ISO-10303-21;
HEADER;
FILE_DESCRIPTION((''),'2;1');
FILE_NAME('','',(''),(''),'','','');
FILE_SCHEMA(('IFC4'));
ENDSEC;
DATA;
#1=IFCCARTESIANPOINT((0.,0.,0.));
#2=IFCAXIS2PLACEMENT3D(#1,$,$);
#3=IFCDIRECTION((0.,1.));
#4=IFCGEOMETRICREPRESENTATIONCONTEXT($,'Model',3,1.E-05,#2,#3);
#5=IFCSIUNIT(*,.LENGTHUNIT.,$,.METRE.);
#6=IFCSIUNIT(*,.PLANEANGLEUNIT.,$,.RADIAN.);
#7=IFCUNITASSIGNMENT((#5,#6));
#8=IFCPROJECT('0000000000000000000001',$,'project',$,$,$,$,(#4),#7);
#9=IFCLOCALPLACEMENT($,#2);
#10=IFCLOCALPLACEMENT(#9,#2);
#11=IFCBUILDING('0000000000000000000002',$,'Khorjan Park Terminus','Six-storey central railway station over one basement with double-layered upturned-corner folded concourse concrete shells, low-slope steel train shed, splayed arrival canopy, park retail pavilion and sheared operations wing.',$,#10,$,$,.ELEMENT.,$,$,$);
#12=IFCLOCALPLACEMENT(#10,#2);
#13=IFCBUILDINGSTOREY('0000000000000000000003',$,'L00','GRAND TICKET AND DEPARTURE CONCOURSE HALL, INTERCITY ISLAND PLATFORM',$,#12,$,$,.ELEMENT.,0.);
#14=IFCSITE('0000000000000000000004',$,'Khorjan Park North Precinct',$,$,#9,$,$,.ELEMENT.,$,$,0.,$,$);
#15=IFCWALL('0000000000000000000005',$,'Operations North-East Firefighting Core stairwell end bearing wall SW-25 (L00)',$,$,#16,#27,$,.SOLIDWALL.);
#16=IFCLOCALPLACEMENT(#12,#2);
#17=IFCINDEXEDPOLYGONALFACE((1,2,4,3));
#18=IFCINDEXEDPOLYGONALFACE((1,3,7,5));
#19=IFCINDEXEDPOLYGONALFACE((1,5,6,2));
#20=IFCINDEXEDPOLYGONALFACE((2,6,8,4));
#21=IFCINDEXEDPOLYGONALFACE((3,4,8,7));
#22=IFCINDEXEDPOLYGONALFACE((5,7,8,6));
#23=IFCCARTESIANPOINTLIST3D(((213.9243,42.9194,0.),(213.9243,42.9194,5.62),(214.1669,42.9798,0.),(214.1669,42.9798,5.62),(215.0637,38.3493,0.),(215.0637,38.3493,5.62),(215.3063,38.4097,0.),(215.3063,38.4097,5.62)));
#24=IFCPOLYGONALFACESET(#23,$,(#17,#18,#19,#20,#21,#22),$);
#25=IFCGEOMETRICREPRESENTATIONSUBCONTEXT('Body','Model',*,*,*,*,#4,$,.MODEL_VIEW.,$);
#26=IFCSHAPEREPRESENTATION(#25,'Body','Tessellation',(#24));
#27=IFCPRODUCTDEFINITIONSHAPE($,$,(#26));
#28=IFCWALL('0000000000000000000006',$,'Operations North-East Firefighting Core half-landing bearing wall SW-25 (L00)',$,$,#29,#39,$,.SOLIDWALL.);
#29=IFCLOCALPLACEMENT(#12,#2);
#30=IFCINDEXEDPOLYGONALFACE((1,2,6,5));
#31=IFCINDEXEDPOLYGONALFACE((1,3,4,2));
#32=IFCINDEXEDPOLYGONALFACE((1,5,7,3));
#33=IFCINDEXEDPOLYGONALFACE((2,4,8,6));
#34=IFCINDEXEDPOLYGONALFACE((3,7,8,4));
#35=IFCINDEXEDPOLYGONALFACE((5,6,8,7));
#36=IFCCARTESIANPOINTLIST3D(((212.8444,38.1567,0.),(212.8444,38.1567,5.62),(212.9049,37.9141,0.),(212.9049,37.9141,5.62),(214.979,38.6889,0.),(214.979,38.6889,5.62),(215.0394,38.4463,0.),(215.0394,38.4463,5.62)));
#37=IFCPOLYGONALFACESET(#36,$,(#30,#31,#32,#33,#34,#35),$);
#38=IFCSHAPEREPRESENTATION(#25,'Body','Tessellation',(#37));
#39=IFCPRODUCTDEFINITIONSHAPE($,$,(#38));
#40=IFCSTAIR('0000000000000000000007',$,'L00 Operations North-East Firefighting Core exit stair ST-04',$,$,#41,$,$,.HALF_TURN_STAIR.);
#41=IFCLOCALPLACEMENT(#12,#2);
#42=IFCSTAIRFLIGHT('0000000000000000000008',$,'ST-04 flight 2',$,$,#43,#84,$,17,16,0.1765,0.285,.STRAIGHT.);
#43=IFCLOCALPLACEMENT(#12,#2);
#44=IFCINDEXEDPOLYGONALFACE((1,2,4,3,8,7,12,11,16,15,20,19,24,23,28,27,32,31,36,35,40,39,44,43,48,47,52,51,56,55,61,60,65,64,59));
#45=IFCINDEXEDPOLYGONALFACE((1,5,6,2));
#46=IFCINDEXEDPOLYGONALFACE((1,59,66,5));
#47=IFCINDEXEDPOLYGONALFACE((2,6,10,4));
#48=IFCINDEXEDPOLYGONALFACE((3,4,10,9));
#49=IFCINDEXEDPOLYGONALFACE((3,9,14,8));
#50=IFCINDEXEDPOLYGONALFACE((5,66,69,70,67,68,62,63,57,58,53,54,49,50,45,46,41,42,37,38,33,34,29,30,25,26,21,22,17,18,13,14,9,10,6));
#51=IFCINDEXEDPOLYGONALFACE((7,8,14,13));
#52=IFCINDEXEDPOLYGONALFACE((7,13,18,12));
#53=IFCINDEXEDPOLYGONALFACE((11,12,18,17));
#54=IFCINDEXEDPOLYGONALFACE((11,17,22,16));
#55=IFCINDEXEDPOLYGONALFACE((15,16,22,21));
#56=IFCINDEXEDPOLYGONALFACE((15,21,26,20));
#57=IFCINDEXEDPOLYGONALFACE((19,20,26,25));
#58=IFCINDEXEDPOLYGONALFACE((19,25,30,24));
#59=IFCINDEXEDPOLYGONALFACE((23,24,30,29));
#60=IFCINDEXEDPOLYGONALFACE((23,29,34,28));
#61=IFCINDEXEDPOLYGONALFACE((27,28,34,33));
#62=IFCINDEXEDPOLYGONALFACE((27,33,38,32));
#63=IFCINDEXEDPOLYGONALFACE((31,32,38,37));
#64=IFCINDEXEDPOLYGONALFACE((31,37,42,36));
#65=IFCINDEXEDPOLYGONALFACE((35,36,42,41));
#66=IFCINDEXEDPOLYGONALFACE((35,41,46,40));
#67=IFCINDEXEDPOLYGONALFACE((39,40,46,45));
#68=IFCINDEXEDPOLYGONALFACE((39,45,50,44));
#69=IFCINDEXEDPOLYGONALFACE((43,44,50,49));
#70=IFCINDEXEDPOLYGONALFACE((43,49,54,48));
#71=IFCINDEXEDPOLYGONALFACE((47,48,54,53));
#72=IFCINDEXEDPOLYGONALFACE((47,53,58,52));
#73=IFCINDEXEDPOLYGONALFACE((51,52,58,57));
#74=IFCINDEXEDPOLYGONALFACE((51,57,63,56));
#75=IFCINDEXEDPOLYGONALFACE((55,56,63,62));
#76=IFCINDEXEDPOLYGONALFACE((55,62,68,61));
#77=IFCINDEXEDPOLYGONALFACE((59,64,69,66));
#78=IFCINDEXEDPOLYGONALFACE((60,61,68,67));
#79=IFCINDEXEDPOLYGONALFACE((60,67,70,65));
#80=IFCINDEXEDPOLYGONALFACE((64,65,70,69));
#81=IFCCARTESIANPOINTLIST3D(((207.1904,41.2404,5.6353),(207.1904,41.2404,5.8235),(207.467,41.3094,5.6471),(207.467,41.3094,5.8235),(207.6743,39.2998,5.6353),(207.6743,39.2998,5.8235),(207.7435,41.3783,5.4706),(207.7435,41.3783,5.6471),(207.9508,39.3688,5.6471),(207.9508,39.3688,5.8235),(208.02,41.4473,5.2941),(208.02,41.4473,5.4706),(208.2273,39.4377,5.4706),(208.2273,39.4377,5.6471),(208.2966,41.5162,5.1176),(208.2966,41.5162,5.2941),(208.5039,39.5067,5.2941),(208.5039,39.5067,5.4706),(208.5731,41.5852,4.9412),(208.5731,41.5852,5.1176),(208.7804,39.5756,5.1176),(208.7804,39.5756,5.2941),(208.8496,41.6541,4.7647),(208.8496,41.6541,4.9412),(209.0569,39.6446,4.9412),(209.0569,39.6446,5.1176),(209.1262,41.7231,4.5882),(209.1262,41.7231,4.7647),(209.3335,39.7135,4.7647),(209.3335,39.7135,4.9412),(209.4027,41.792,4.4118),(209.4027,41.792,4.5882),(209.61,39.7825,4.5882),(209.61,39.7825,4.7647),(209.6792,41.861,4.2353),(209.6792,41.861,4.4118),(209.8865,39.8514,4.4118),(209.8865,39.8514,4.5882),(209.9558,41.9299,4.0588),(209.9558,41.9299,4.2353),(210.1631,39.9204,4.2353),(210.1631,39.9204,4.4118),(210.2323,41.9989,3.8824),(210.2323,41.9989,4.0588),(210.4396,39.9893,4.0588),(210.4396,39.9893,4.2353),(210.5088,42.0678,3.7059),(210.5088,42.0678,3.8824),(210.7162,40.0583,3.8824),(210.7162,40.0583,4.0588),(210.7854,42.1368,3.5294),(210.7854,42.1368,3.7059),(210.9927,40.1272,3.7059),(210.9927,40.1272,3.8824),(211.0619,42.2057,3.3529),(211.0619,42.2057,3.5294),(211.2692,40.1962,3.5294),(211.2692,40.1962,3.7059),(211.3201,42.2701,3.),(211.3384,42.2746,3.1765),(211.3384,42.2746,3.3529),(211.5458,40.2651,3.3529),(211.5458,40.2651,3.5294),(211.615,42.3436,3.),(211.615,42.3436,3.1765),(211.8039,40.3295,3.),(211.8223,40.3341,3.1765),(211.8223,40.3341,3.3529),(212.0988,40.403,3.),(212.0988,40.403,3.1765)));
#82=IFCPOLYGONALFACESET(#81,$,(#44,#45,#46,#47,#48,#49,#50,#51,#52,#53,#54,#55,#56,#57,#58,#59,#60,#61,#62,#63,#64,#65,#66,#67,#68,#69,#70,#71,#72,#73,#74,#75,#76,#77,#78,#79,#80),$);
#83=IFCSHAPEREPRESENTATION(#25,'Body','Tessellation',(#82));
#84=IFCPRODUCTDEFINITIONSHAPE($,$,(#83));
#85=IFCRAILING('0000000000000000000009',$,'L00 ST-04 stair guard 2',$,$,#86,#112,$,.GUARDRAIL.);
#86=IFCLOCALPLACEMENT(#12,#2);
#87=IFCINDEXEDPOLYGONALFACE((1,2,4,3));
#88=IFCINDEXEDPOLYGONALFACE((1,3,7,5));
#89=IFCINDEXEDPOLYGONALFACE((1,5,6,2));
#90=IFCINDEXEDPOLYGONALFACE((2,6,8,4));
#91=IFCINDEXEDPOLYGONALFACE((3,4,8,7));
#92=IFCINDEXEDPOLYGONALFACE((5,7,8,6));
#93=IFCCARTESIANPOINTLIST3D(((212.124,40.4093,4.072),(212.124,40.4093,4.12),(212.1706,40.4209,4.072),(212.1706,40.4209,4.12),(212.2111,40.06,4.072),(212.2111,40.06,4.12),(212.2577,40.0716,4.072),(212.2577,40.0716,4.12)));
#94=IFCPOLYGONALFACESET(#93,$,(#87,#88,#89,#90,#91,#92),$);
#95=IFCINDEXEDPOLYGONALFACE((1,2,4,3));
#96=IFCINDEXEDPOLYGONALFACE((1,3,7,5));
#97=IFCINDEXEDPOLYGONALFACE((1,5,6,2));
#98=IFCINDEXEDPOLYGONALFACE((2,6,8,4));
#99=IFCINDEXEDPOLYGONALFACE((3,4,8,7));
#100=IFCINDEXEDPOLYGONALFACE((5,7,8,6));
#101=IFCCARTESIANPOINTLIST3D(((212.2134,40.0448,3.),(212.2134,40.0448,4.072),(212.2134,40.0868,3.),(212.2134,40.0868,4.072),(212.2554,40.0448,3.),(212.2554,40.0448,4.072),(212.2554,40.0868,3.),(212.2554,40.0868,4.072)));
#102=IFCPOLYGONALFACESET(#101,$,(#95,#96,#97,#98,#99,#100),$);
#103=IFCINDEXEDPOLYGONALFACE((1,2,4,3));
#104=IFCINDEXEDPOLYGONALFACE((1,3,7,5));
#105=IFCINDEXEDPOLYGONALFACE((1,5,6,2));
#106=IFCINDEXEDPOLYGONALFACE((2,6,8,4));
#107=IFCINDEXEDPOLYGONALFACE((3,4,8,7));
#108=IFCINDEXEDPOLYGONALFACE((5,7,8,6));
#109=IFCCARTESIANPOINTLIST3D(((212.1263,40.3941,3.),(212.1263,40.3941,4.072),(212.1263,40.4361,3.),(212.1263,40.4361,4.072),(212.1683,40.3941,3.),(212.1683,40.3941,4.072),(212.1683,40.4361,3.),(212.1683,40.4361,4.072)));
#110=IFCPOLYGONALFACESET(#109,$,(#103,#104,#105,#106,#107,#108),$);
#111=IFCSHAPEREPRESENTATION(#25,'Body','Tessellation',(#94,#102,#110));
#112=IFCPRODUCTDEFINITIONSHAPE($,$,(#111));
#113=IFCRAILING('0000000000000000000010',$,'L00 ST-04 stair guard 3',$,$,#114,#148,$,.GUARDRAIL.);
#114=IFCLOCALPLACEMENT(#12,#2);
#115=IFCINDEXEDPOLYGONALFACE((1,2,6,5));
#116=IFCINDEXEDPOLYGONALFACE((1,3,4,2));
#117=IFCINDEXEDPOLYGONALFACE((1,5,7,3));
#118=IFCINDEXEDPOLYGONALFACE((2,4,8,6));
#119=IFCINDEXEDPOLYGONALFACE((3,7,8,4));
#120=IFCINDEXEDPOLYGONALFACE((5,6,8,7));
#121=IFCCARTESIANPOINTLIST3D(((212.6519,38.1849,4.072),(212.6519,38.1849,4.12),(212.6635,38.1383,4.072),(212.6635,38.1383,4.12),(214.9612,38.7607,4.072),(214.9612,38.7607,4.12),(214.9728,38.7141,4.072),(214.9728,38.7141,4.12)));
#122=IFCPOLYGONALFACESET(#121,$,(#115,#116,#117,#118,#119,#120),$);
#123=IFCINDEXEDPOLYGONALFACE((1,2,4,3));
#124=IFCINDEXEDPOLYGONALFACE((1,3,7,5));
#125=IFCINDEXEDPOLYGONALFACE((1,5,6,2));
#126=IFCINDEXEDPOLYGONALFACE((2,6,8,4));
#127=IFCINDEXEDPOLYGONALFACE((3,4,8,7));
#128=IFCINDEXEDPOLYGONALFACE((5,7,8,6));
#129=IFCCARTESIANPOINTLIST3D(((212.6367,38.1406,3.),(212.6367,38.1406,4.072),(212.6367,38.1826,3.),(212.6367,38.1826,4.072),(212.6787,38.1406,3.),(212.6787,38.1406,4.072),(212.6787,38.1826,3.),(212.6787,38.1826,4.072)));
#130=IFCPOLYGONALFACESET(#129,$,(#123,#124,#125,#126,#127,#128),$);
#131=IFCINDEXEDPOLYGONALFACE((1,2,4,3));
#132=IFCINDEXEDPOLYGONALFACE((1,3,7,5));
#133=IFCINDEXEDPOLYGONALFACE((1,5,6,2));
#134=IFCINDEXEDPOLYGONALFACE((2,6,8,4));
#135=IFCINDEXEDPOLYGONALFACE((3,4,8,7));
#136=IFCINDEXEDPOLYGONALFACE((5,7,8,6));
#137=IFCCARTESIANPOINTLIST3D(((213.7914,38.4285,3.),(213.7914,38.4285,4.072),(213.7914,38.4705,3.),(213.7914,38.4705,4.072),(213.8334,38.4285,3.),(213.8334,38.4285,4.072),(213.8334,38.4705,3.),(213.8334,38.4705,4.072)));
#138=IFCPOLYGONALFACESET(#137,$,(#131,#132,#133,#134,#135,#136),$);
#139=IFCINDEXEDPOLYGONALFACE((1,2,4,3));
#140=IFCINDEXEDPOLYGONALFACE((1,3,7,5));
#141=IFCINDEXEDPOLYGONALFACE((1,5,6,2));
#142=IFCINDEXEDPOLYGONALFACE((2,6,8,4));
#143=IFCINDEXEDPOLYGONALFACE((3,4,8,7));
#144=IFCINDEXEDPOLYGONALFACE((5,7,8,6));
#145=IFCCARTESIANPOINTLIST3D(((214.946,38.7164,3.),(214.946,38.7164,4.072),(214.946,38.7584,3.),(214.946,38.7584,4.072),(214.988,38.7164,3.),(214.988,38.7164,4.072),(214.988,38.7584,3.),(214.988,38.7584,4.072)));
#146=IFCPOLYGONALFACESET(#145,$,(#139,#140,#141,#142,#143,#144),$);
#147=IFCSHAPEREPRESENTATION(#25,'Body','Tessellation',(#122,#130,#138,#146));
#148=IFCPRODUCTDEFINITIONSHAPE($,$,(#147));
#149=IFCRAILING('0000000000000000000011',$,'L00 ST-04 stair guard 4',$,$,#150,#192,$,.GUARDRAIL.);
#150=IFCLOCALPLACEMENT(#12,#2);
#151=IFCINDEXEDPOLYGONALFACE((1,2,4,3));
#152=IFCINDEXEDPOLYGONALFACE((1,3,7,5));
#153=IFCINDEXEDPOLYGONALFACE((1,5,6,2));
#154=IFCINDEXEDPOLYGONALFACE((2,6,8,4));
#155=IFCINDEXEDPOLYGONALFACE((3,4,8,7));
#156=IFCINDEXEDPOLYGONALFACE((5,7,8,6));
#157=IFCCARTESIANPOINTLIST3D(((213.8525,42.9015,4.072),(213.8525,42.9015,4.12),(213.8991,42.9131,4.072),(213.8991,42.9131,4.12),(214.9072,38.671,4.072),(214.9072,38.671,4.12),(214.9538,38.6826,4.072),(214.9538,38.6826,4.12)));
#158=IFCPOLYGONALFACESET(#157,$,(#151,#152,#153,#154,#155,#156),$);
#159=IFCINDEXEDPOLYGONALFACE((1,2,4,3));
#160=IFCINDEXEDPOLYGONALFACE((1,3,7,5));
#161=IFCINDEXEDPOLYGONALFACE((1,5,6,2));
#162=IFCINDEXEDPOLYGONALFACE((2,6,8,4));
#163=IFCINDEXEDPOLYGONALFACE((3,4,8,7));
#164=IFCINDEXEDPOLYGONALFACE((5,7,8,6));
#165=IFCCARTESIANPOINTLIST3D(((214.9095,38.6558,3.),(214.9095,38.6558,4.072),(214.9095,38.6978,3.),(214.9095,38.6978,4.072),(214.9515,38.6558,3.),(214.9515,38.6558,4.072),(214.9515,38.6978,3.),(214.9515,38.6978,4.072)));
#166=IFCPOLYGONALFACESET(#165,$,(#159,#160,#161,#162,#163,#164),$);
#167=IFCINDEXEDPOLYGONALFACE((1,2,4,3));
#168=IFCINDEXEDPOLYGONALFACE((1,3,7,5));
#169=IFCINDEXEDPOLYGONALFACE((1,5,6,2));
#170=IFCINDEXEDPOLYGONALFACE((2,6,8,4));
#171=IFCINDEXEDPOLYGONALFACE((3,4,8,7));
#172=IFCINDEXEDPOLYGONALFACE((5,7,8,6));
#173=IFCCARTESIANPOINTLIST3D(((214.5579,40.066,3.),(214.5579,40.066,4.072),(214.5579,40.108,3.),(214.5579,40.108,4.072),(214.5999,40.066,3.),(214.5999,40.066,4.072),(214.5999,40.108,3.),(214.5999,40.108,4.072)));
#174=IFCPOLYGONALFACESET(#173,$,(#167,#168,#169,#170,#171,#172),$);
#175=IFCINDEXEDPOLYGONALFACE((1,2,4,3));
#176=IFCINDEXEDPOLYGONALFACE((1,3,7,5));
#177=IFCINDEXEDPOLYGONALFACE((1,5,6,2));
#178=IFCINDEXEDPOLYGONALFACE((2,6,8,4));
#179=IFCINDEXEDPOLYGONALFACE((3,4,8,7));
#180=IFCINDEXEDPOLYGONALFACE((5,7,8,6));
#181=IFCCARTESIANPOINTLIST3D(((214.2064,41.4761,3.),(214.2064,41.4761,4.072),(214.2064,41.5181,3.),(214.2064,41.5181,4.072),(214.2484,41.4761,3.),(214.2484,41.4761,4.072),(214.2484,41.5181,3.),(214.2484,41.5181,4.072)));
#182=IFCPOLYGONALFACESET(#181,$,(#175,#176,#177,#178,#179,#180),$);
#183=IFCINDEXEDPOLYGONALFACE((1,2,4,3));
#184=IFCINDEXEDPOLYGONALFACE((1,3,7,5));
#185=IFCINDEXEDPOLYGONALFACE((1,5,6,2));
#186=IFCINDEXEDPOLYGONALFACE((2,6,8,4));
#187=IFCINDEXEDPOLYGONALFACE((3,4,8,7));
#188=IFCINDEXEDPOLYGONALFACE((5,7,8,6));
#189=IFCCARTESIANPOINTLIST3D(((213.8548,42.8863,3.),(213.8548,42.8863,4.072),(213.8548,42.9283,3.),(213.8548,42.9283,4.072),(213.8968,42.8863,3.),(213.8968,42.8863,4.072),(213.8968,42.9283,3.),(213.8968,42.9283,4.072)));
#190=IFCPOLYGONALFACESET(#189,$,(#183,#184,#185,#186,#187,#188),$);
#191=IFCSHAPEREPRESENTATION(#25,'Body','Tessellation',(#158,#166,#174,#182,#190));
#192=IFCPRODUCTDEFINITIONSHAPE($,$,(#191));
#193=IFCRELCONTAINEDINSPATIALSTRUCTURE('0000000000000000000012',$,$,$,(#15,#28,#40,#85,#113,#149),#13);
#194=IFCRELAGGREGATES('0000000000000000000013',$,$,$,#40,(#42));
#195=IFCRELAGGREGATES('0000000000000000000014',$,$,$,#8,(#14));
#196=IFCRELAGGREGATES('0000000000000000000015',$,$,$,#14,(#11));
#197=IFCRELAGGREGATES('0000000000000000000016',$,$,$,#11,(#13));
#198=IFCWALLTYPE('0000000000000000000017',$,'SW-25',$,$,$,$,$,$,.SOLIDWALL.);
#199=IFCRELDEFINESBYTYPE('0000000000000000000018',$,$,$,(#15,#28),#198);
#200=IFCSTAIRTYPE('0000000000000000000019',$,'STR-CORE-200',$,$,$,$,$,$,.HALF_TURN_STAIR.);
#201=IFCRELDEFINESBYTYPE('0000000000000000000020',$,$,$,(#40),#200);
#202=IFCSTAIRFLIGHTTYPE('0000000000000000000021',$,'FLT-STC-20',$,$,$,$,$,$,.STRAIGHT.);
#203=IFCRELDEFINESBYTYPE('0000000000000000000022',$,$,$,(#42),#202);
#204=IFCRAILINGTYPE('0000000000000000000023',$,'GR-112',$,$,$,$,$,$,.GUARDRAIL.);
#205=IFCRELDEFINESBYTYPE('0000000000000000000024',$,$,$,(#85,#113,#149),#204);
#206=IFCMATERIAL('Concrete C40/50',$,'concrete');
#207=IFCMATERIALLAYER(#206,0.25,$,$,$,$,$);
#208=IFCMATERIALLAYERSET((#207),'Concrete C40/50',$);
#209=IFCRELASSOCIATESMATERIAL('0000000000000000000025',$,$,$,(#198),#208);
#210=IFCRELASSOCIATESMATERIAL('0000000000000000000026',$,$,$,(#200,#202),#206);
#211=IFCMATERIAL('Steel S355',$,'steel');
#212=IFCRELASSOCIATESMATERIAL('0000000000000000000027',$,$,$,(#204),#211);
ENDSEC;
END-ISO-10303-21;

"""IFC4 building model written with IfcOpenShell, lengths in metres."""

from ifc_helpers import new_model, si_unit, direction, frame, frame_2d, origin, origin_2d, place, context, subcontext, project, spatial, polyline, rectangle, outline, extrude, material, layer, layer_set, type_object, element, aggregate, save


model = new_model("IFC4")

# Units and contexts
model_context = context("Model", 3, precision=1e-05, world=origin(), true_north=direction((0.0, 1.0)))
body_context = subcontext(model_context, "Body", "Model", "MODEL_VIEW")
ifc_project = project(units=[si_unit("LENGTHUNIT", "METRE"), si_unit("PLANEANGLEUNIT", "RADIAN")], contexts=[model_context])

# Site, building, storey
site_placement = place(None, origin())
site = spatial("IfcSite", under=ifc_project, at=site_placement, Name="Khorjan Park North Precinct", CompositionType="ELEMENT", RefElevation=0.0)
building_placement = place(site_placement, origin())
building = spatial("IfcBuilding", under=site, at=building_placement, Name="Khorjan Park Terminus", Description="Six-storey central railway station over one basement with double-layered upturned-corner folded concourse concrete shells, low-slope steel train shed, splayed arrival canopy, park retail pavilion and sheared operations wing.", CompositionType="ELEMENT")
storey_placement = place(building_placement, origin())
storey = spatial("IfcBuildingStorey", under=building, at=storey_placement, Name="L00", Description="GRAND TICKET AND DEPARTURE CONCOURSE HALL, INTERCITY ISLAND PLATFORM", CompositionType="ELEMENT", Elevation=0.0)

# Shared definitions
ifc_material_1 = material(Name="Steel S355", Category="steel")

# Shared definitions
ifc_material_2 = material(Name="Concrete C40/50", Category="concrete")
ifc_layer_1 = layer(ifc_material_2, 0.25)
ifc_layer_set_1 = layer_set([ifc_layer_1], Name="Concrete C40/50")
wall_type_1 = type_object("IfcWallType", Name="SW-25", PredefinedType="SOLIDWALL", material=ifc_layer_set_1)

# Walls
wall_1_placement = place(storey_placement, frame((215.185, 38.3795, 0.0), z_axis=(0.0, 0.0, 1.0), x_axis=(-0.241911, 0.970298, 0.0)))
element("IfcWall", 1, at=wall_1_placement, inside=storey, type_object=wall_type_1, Name="Operations North-East Firefighting Core stairwell end bearing wall SW-25 (L00)", PredefinedType="SOLIDWALL", context=body_context, shape_type="SweptSolid", body=[
    extrude(rectangle(XDim=4.71, YDim=0.25, at=frame_2d((2.355, 0.0))), origin(), (0.0, 0.0, 1.0), 5.62),
])
wall_2_placement = place(storey_placement, frame((212.8747, 38.0354, 0.0), z_axis=(0.0, 0.0, 1.0), x_axis=(0.970297, 0.241915, 0.0)))
element("IfcWall", 2, at=wall_2_placement, inside=storey, type_object=wall_type_1, Name="Operations North-East Firefighting Core half-landing bearing wall SW-25 (L00)", PredefinedType="SOLIDWALL", context=body_context, shape_type="SweptSolid", body=[
    extrude(rectangle(XDim=2.1999, YDim=0.25, at=frame_2d((1.0999, 0.0))), origin(), (0.0, 0.0, 1.0), 5.62),
])

# Stair, stair flight
stair_type = type_object("IfcStairType", Name="STR-CORE-200", PredefinedType="HALF_TURN_STAIR", material=ifc_material_2)
stair_placement = place(storey_placement, origin())
stair = element("IfcStair", 3, at=stair_placement, inside=storey, type_object=stair_type, Name="L00 Operations North-East Firefighting Core exit stair ST-04", PredefinedType="HALF_TURN_STAIR")
stair_flight_type = type_object("IfcStairFlightType", Name="FLT-STC-20", PredefinedType="STRAIGHT", material=ifc_material_2)
stair_flight_placement = place(storey_placement, frame((211.8569, 41.3733, 3.0), z_axis=(0.0, 0.0, 1.0), x_axis=(-0.970296, -0.241922, 0.0)))
stair_flight = element("IfcStairFlight", 4, at=stair_flight_placement, type_object=stair_flight_type, Name="ST-04 flight 2", NumberOfRisers=17, NumberOfTreads=16, PredefinedType="STRAIGHT", RiserHeight=0.1765, TreadLength=0.285, context=body_context, shape_type="SweptSolid", body=[
    extrude(outline(polyline([(0.0, 0.0), (0.0, 0.1765), (0.285, 0.1765), (0.285, 0.3529), (0.57, 0.3529), (0.57, 0.5294), (0.855, 0.5294), (0.855, 0.7059), (1.14, 0.7059), (1.14, 0.8824), (1.425, 0.8824), (1.425, 1.0588), (1.71, 1.0588), (1.71, 1.2353), (1.995, 1.2353), (1.995, 1.4118), (2.28, 1.4118), (2.28, 1.5882), (2.565, 1.5882), (2.565, 1.7647), (2.85, 1.7647), (2.85, 1.9412), (3.135, 1.9412), (3.135, 2.1176), (3.42, 2.1176), (3.42, 2.2941), (3.705, 2.2941), (3.705, 2.4706), (3.99, 2.4706), (3.99, 2.6471), (4.275, 2.6471), (4.275, 2.8235), (4.56, 2.8235), (4.56, 3.0), (4.56, 2.6353), (0.3039, 0.0), (0.0, 0.0)])), frame((0.0, 1.0, 0.0), z_axis=(0.0, -1.0, 0.0), x_axis=(1.0, 0.0, 0.0)), (0.0, 0.0, 1.0), 2.0),
])
aggregate(stair, [stair_flight])

# Railings
railing_type_1 = type_object("IfcRailingType", Name="GR-112", PredefinedType="GUARDRAIL", material=ifc_material_1)
railing_1_placement = place(storey_placement, frame((212.2344, 40.0658, 3.0)))
element("IfcRailing", 5, at=railing_1_placement, inside=storey, type_object=railing_type_1, Name="L00 ST-04 stair guard 2", PredefinedType="GUARDRAIL", context=body_context, shape_type="SweptSolid", body=[
    extrude(rectangle(XDim=0.048, YDim=0.048, at=origin_2d()), frame((0.0, 0.0, 1.096), z_axis=(-0.241947, 0.970289, 0.0), x_axis=(-0.970289, -0.241947, 0.0)), (0.0, 0.0, 1.0), 0.36),
    extrude(rectangle(XDim=0.042, YDim=0.042, at=origin_2d()), origin(), (0.0, 0.0, 1.0), 1.072),
    extrude(rectangle(XDim=0.042, YDim=0.042, at=origin_2d()), frame((-0.0871, 0.3493, 0.0)), (0.0, 0.0, 1.0), 1.072),
])
railing_2_placement = place(storey_placement, frame((212.6577, 38.1616, 3.0)))
element("IfcRailing", 6, at=railing_2_placement, inside=storey, type_object=railing_type_1, Name="L00 ST-04 stair guard 3", PredefinedType="GUARDRAIL", context=body_context, shape_type="SweptSolid", body=[
    extrude(rectangle(XDim=0.048, YDim=0.048, at=origin_2d()), frame((0.0, 0.0, 1.096), z_axis=(0.970293, 0.241933, 0.0), x_axis=(-0.241933, 0.970293, 0.0)), (0.0, 0.0, 1.0), 2.38),
    extrude(rectangle(XDim=0.042, YDim=0.042, at=origin_2d()), origin(), (0.0, 0.0, 1.0), 1.072),
    extrude(rectangle(XDim=0.042, YDim=0.042, at=origin_2d()), frame((1.1547, 0.2879, 0.0)), (0.0, 0.0, 1.0), 1.072),
    extrude(rectangle(XDim=0.042, YDim=0.042, at=origin_2d()), frame((2.3093, 0.5758, 0.0)), (0.0, 0.0, 1.0), 1.072),
])
railing_3_placement = place(storey_placement, frame((214.9305, 38.6768, 3.0)))
element("IfcRailing", 7, at=railing_3_placement, inside=storey, type_object=railing_type_1, Name="L00 ST-04 stair guard 4", PredefinedType="GUARDRAIL", context=body_context, shape_type="SweptSolid", body=[
    extrude(rectangle(XDim=0.048, YDim=0.048, at=origin_2d()), frame((0.0, 0.0, 1.096), z_axis=(-0.241904, 0.9703, 0.0), x_axis=(-0.9703, -0.241904, 0.0)), (0.0, 0.0, 1.0), 4.36),
    extrude(rectangle(XDim=0.042, YDim=0.042, at=origin_2d()), origin(), (0.0, 0.0, 1.0), 1.072),
    extrude(rectangle(XDim=0.042, YDim=0.042, at=origin_2d()), frame((-0.3516, 1.4102, 0.0)), (0.0, 0.0, 1.0), 1.072),
    extrude(rectangle(XDim=0.042, YDim=0.042, at=origin_2d()), frame((-0.7031, 2.8203, 0.0)), (0.0, 0.0, 1.0), 1.072),
    extrude(rectangle(XDim=0.042, YDim=0.042, at=origin_2d()), frame((-1.0547, 4.2305, 0.0)), (0.0, 0.0, 1.0), 1.072),
])

save(model, "model.ifc")
